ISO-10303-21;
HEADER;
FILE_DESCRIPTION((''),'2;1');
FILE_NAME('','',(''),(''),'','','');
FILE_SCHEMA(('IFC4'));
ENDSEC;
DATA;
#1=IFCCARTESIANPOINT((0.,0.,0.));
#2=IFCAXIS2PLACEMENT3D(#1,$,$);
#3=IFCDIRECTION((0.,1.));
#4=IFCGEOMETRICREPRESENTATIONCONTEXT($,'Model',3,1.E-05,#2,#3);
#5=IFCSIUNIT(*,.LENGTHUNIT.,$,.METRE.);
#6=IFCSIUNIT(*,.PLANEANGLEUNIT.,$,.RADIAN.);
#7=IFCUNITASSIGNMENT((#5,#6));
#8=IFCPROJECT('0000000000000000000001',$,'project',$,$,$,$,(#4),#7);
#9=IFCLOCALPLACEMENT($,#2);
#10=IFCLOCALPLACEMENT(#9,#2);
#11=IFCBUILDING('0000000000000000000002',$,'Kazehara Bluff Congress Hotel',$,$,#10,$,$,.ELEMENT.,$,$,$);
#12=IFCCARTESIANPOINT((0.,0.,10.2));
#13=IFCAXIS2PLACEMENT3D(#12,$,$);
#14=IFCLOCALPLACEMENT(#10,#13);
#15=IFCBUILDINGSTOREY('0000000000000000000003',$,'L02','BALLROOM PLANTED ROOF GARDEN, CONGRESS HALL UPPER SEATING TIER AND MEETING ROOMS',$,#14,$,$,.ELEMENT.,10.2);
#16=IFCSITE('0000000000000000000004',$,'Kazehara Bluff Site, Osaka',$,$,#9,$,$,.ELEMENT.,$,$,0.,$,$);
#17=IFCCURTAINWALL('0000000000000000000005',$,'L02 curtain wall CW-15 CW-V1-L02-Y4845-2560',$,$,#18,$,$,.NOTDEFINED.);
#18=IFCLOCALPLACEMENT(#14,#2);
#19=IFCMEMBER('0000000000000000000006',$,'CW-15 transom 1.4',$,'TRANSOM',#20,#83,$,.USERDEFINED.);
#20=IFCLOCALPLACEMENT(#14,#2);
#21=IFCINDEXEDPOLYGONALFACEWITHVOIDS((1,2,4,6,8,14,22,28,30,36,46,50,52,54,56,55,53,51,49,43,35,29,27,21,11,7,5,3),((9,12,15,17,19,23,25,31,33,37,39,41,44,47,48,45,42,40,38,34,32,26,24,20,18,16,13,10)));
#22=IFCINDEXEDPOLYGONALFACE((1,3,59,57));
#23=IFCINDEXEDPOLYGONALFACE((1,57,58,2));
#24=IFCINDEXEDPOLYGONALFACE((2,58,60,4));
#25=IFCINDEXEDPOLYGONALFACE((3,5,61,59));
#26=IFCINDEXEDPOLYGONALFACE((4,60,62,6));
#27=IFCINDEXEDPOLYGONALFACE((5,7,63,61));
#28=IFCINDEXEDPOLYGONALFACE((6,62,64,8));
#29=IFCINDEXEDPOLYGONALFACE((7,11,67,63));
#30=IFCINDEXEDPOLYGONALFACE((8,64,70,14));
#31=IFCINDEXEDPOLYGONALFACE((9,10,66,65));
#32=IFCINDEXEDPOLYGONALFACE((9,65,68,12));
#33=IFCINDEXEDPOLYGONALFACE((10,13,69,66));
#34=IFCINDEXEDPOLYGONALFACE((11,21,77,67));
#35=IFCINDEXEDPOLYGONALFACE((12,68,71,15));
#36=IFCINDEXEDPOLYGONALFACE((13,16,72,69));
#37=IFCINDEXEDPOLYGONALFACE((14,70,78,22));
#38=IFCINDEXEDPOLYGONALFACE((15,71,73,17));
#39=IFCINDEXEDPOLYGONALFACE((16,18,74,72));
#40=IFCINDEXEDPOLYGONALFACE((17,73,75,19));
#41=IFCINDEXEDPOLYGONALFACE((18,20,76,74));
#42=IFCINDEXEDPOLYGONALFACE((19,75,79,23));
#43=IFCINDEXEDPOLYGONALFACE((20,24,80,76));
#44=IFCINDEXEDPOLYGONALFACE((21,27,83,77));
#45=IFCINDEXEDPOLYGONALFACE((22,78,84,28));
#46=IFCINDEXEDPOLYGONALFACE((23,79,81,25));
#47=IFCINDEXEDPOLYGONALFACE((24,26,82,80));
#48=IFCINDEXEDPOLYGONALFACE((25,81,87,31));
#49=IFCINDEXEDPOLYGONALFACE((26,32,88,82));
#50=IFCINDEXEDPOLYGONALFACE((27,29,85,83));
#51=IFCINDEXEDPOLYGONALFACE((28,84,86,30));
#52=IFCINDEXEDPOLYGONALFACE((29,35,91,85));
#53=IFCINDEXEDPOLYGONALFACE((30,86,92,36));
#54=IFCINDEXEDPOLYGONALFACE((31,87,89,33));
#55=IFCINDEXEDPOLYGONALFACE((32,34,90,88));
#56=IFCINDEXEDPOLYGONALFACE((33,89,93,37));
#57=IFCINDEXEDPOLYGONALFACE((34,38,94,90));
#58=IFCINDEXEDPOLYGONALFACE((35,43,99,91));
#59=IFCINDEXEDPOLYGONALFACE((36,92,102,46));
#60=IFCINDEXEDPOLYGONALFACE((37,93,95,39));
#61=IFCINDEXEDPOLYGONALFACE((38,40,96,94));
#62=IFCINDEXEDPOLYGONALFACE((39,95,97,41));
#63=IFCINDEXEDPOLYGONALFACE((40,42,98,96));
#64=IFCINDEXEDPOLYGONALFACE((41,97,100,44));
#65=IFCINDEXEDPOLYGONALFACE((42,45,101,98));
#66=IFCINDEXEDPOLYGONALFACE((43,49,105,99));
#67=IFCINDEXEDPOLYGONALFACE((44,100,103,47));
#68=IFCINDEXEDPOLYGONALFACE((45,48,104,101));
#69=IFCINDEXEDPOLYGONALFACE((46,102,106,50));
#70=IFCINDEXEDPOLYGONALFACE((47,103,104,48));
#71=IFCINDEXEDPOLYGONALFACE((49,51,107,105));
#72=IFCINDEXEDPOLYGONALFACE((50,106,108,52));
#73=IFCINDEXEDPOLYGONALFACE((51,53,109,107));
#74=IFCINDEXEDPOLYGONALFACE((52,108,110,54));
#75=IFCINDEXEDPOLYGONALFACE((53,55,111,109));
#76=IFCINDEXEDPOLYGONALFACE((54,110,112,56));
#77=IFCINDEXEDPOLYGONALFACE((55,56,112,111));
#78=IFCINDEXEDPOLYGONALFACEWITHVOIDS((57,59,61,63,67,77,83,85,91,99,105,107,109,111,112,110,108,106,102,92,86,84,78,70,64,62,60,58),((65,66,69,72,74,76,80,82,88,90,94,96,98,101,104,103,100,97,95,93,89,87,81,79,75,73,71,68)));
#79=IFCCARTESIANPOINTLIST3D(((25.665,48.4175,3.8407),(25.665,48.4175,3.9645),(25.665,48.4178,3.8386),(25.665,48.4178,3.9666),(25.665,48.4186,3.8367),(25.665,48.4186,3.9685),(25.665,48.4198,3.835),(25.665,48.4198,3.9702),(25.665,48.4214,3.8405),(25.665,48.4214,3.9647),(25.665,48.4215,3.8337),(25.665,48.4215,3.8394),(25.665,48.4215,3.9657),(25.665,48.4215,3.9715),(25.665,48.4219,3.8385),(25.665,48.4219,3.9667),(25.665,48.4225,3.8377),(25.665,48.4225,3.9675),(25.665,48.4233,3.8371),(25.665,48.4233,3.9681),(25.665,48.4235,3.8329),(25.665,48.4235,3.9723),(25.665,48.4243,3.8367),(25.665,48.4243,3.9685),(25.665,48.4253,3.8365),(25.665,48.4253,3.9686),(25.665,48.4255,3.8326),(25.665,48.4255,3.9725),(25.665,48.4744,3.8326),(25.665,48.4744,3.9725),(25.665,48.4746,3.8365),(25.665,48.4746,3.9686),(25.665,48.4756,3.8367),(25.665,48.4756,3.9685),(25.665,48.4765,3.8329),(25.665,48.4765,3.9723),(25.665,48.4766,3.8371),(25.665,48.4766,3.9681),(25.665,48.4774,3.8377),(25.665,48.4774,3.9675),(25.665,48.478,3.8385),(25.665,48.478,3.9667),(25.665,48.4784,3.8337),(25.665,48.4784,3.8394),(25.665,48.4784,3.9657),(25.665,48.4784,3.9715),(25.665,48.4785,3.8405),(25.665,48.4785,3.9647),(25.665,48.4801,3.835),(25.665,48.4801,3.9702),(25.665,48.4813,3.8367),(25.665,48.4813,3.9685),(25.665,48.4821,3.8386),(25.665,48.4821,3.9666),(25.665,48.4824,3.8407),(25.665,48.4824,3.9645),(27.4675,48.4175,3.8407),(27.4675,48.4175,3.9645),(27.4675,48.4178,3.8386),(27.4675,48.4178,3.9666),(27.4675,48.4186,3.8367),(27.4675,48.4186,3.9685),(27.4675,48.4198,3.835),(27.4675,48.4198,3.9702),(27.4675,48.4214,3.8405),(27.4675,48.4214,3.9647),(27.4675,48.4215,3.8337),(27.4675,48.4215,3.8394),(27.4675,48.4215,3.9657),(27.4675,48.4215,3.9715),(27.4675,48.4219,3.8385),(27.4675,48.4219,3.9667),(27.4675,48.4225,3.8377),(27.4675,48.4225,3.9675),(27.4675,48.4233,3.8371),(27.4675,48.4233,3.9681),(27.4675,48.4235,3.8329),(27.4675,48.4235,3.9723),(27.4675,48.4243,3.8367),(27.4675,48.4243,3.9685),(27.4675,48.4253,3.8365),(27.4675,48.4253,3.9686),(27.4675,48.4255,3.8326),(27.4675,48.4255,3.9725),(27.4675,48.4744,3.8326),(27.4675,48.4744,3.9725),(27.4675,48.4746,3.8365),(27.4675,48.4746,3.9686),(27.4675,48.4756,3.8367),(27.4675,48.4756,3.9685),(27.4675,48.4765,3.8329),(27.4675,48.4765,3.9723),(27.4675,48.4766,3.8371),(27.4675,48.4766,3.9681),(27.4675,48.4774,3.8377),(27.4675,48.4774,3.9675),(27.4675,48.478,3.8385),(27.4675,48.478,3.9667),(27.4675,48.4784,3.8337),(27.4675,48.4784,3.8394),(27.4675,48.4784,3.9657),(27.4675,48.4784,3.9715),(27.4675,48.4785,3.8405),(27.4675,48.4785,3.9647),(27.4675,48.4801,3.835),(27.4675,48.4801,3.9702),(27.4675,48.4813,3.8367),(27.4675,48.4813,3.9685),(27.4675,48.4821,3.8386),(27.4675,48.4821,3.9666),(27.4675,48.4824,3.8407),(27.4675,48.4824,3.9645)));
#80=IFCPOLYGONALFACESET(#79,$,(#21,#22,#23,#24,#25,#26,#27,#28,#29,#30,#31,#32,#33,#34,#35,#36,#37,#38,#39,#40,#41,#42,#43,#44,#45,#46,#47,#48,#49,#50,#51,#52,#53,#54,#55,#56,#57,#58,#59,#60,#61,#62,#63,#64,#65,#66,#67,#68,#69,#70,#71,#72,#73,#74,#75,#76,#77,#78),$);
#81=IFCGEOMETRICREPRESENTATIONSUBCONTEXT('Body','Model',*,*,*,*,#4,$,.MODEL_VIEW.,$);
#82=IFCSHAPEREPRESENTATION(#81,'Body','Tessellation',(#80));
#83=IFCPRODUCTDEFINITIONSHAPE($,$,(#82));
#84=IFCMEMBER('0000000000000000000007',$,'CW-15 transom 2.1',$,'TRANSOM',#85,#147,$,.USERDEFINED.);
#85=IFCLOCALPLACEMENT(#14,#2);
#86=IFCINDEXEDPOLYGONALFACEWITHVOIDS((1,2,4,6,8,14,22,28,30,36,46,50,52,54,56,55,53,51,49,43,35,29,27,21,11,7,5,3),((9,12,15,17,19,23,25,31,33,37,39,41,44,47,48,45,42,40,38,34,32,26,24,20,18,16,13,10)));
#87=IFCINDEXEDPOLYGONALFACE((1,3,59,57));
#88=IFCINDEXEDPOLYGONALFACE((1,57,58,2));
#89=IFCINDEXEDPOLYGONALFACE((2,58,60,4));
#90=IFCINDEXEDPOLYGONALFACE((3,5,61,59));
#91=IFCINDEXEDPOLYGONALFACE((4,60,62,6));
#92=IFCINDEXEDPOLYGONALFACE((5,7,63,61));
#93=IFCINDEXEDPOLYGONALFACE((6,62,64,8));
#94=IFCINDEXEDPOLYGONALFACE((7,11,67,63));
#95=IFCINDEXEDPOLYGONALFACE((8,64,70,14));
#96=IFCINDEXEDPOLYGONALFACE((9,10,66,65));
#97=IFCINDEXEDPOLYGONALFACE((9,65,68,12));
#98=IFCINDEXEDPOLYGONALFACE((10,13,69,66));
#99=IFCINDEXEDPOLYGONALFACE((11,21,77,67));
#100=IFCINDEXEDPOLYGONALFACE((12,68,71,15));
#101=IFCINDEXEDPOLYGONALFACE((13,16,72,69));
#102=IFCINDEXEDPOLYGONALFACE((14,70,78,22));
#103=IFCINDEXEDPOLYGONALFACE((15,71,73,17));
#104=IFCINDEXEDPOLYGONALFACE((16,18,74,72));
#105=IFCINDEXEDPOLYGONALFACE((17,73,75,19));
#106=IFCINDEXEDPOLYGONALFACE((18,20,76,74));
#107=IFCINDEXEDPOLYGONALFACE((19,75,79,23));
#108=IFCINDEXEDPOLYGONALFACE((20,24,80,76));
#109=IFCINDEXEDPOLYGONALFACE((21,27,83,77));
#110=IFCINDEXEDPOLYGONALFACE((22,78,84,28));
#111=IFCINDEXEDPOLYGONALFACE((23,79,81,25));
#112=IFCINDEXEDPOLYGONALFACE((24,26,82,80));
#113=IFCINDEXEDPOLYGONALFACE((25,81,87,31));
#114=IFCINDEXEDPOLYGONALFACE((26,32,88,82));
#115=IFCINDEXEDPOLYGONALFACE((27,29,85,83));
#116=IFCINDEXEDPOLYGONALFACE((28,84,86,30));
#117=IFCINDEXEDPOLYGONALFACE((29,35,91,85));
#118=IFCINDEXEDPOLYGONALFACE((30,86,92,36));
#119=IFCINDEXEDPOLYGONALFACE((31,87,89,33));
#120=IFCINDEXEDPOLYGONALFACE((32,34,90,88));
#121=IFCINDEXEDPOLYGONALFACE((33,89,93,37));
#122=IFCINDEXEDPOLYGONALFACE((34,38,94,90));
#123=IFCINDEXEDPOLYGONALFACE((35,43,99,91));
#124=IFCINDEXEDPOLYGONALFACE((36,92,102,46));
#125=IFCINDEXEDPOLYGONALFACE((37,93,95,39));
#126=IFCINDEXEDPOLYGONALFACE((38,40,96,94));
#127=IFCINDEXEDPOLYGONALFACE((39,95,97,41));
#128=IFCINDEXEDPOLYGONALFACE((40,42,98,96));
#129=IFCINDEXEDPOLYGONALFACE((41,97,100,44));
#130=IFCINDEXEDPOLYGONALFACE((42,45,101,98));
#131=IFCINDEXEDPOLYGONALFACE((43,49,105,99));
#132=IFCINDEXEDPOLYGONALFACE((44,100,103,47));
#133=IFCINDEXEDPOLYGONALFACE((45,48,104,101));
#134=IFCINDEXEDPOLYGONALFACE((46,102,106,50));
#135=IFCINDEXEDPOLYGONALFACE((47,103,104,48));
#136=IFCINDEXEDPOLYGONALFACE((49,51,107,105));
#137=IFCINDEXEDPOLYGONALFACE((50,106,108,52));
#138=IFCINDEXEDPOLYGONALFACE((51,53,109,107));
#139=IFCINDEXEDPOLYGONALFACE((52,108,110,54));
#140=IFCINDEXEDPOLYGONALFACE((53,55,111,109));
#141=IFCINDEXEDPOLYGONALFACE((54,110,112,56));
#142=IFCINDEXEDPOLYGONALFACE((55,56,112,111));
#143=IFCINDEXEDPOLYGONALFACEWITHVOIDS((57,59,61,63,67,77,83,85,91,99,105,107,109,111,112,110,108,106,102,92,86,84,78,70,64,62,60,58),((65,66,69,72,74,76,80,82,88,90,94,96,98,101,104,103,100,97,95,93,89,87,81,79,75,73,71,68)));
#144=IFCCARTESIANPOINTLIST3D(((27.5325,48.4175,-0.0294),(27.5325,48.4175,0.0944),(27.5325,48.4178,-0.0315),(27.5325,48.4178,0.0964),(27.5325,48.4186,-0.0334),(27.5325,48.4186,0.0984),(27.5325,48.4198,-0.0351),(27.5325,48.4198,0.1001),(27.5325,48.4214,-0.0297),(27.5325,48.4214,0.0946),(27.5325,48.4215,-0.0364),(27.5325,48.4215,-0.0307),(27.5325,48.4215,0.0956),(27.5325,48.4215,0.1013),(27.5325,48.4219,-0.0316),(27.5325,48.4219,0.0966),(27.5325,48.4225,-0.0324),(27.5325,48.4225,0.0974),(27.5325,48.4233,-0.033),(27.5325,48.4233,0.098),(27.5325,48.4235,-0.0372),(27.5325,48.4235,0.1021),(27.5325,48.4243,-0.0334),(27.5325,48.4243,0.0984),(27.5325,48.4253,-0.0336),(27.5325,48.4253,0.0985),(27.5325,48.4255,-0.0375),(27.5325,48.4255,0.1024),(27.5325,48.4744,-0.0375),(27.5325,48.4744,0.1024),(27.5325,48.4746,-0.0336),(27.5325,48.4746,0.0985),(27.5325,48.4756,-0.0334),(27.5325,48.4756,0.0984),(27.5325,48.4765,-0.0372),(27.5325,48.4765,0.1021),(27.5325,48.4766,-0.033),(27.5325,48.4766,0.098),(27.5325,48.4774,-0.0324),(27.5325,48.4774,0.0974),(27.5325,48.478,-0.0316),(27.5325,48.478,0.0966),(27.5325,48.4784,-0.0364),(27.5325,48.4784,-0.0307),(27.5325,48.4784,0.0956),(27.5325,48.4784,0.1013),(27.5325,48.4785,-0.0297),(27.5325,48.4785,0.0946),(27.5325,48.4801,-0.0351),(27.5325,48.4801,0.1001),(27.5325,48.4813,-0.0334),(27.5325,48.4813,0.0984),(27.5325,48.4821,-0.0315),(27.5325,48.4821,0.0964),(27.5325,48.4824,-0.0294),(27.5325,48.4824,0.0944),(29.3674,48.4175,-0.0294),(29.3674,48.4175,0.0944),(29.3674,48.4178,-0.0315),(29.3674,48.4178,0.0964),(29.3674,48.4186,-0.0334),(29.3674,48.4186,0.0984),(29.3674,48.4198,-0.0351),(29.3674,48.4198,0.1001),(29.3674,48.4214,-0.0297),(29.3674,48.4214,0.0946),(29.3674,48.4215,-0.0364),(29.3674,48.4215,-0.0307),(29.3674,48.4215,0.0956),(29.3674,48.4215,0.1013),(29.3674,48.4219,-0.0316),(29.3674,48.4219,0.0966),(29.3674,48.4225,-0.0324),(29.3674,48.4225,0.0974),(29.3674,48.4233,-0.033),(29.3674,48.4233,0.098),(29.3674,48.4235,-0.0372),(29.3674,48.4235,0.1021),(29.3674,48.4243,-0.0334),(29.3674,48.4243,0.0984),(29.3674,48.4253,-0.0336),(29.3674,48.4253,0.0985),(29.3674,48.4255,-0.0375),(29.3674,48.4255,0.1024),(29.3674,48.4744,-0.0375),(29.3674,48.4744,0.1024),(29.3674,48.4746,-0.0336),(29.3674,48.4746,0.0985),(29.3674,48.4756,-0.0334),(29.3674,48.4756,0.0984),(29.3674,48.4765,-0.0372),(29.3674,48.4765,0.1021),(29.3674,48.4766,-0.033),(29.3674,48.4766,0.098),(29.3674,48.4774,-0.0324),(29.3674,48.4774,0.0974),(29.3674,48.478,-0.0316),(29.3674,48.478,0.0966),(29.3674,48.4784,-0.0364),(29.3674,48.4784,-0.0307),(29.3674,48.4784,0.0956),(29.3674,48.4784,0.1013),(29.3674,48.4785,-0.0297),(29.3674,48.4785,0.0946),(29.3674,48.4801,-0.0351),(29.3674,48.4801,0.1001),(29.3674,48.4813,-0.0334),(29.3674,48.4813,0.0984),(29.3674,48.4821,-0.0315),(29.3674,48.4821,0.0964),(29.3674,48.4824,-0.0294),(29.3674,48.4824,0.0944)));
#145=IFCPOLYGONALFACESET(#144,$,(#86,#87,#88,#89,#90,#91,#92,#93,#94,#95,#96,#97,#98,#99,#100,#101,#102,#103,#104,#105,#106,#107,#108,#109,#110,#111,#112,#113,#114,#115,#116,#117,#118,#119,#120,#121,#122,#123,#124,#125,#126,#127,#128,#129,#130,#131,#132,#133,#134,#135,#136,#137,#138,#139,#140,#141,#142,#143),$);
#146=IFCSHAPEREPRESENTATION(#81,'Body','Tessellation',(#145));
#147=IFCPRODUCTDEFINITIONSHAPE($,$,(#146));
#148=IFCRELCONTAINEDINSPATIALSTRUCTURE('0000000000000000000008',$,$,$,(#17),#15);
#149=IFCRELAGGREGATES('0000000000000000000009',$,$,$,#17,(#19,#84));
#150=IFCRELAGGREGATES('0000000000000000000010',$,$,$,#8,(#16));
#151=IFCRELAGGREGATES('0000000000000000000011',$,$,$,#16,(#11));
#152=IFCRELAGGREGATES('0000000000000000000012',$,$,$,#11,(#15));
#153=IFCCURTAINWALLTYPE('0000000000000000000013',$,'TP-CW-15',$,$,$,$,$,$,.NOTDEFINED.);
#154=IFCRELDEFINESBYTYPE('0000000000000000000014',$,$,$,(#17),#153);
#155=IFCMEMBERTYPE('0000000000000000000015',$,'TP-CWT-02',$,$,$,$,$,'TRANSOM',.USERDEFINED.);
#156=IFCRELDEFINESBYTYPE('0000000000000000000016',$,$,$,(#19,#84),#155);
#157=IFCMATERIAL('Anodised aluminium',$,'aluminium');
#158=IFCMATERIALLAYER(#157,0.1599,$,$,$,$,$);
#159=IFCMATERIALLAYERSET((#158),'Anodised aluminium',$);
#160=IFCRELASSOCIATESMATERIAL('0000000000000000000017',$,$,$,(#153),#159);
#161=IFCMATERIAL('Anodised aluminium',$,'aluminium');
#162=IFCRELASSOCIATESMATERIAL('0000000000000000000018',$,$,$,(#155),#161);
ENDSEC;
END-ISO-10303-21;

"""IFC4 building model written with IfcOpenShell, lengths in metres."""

from ifc_helpers import new_model, si_unit, direction, frame, origin, origin_2d, place, context, subcontext, project, spatial, hollow_rectangle, extrude, material, layer, layer_set, material_profile, profile_set, type_object, element, aggregate, save


model = new_model("IFC4")

# Units and contexts
model_context = context("Model", 3, precision=1e-05, world=origin(), true_north=direction((0.0, 1.0)))
body_context = subcontext(model_context, "Body", "Model", "MODEL_VIEW")
ifc_project = project(units=[si_unit("LENGTHUNIT", "METRE"), si_unit("PLANEANGLEUNIT", "RADIAN")], contexts=[model_context])

# Site, building, storey
site_placement = place(None, origin())
site = spatial("IfcSite", under=ifc_project, at=site_placement, Name="Kazehara Bluff Site, Osaka", CompositionType="ELEMENT", RefElevation=0.0)
building_placement = place(site_placement, origin())
building = spatial("IfcBuilding", under=site, at=building_placement, Name="Kazehara Bluff Congress Hotel", CompositionType="ELEMENT")
storey_placement = place(building_placement, frame((0.0, 0.0, 10.2)))
storey = spatial("IfcBuildingStorey", under=building, at=storey_placement, Name="L02", Description="BALLROOM PLANTED ROOF GARDEN, CONGRESS HALL UPPER SEATING TIER AND MEETING ROOMS", CompositionType="ELEMENT", Elevation=10.2)

# Curtain wall, members
ifc_material_1 = material(Name="Anodised aluminium", Category="aluminium")
ifc_layer_1 = layer(ifc_material_1, 0.1599)
ifc_layer_set_1 = layer_set([ifc_layer_1], Name="Anodised aluminium")
curtain_wall_type_1 = type_object("IfcCurtainWallType", Name="TP-CW-15", PredefinedType="NOTDEFINED", material=ifc_layer_set_1)
curtain_wall_1_placement = place(storey_placement, origin())
curtain_wall_1 = element("IfcCurtainWall", 1, at=curtain_wall_1_placement, inside=storey, type_object=curtain_wall_type_1, Name="L02 curtain wall CW-15 CW-V1-L02-Y4845-2560", PredefinedType="NOTDEFINED")
ifc_material_2 = material(Name="Anodised aluminium", Category="aluminium")
ifc_material_profile_1 = material_profile(ifc_material_2, hollow_rectangle(XDim=0.0649, YDim=0.1399, WallThickness=0.0039, InnerFilletRadius=0.0039, OuterFilletRadius=0.0081, at=origin_2d()))
ifc_profile_set_1 = profile_set([ifc_material_profile_1], Name="Anodised aluminium")
member_type_1 = type_object("IfcMemberType", Name="TP-CWT-02", ElementType="TRANSOM", PredefinedType="USERDEFINED", material=ifc_profile_set_1)
member_1_placement = place(storey_placement, frame((25.665, 48.45, 3.9026), z_axis=(1.0, 0.0, 0.0), x_axis=(0.0, 1.0, 0.0)))
member_1 = element("IfcMember", 2, at=member_1_placement, type_object=member_type_1, Name="CW-15 transom 1.4", ObjectType="TRANSOM", PredefinedType="USERDEFINED", context=body_context, shape_type="SweptSolid", body=[
    extrude(hollow_rectangle(XDim=0.0649, YDim=0.1399, WallThickness=0.0039, InnerFilletRadius=0.0039, OuterFilletRadius=0.0081, at=origin_2d()), origin(), (0.0, 0.0, 1.0), 1.8025),
])
member_2_placement = place(storey_placement, frame((27.5325, 48.45, 0.0325), z_axis=(1.0, 0.0, 0.0), x_axis=(0.0, 1.0, 0.0)))
member_2 = element("IfcMember", 3, at=member_2_placement, type_object=member_type_1, Name="CW-15 transom 2.1", ObjectType="TRANSOM", PredefinedType="USERDEFINED", context=body_context, shape_type="SweptSolid", body=[
    extrude(hollow_rectangle(XDim=0.0649, YDim=0.1399, WallThickness=0.0039, InnerFilletRadius=0.0039, OuterFilletRadius=0.0081, at=origin_2d()), origin(), (0.0, 0.0, 1.0), 1.835),
])

aggregate(curtain_wall_1, [member_1, member_2])

save(model, "model.ifc")
